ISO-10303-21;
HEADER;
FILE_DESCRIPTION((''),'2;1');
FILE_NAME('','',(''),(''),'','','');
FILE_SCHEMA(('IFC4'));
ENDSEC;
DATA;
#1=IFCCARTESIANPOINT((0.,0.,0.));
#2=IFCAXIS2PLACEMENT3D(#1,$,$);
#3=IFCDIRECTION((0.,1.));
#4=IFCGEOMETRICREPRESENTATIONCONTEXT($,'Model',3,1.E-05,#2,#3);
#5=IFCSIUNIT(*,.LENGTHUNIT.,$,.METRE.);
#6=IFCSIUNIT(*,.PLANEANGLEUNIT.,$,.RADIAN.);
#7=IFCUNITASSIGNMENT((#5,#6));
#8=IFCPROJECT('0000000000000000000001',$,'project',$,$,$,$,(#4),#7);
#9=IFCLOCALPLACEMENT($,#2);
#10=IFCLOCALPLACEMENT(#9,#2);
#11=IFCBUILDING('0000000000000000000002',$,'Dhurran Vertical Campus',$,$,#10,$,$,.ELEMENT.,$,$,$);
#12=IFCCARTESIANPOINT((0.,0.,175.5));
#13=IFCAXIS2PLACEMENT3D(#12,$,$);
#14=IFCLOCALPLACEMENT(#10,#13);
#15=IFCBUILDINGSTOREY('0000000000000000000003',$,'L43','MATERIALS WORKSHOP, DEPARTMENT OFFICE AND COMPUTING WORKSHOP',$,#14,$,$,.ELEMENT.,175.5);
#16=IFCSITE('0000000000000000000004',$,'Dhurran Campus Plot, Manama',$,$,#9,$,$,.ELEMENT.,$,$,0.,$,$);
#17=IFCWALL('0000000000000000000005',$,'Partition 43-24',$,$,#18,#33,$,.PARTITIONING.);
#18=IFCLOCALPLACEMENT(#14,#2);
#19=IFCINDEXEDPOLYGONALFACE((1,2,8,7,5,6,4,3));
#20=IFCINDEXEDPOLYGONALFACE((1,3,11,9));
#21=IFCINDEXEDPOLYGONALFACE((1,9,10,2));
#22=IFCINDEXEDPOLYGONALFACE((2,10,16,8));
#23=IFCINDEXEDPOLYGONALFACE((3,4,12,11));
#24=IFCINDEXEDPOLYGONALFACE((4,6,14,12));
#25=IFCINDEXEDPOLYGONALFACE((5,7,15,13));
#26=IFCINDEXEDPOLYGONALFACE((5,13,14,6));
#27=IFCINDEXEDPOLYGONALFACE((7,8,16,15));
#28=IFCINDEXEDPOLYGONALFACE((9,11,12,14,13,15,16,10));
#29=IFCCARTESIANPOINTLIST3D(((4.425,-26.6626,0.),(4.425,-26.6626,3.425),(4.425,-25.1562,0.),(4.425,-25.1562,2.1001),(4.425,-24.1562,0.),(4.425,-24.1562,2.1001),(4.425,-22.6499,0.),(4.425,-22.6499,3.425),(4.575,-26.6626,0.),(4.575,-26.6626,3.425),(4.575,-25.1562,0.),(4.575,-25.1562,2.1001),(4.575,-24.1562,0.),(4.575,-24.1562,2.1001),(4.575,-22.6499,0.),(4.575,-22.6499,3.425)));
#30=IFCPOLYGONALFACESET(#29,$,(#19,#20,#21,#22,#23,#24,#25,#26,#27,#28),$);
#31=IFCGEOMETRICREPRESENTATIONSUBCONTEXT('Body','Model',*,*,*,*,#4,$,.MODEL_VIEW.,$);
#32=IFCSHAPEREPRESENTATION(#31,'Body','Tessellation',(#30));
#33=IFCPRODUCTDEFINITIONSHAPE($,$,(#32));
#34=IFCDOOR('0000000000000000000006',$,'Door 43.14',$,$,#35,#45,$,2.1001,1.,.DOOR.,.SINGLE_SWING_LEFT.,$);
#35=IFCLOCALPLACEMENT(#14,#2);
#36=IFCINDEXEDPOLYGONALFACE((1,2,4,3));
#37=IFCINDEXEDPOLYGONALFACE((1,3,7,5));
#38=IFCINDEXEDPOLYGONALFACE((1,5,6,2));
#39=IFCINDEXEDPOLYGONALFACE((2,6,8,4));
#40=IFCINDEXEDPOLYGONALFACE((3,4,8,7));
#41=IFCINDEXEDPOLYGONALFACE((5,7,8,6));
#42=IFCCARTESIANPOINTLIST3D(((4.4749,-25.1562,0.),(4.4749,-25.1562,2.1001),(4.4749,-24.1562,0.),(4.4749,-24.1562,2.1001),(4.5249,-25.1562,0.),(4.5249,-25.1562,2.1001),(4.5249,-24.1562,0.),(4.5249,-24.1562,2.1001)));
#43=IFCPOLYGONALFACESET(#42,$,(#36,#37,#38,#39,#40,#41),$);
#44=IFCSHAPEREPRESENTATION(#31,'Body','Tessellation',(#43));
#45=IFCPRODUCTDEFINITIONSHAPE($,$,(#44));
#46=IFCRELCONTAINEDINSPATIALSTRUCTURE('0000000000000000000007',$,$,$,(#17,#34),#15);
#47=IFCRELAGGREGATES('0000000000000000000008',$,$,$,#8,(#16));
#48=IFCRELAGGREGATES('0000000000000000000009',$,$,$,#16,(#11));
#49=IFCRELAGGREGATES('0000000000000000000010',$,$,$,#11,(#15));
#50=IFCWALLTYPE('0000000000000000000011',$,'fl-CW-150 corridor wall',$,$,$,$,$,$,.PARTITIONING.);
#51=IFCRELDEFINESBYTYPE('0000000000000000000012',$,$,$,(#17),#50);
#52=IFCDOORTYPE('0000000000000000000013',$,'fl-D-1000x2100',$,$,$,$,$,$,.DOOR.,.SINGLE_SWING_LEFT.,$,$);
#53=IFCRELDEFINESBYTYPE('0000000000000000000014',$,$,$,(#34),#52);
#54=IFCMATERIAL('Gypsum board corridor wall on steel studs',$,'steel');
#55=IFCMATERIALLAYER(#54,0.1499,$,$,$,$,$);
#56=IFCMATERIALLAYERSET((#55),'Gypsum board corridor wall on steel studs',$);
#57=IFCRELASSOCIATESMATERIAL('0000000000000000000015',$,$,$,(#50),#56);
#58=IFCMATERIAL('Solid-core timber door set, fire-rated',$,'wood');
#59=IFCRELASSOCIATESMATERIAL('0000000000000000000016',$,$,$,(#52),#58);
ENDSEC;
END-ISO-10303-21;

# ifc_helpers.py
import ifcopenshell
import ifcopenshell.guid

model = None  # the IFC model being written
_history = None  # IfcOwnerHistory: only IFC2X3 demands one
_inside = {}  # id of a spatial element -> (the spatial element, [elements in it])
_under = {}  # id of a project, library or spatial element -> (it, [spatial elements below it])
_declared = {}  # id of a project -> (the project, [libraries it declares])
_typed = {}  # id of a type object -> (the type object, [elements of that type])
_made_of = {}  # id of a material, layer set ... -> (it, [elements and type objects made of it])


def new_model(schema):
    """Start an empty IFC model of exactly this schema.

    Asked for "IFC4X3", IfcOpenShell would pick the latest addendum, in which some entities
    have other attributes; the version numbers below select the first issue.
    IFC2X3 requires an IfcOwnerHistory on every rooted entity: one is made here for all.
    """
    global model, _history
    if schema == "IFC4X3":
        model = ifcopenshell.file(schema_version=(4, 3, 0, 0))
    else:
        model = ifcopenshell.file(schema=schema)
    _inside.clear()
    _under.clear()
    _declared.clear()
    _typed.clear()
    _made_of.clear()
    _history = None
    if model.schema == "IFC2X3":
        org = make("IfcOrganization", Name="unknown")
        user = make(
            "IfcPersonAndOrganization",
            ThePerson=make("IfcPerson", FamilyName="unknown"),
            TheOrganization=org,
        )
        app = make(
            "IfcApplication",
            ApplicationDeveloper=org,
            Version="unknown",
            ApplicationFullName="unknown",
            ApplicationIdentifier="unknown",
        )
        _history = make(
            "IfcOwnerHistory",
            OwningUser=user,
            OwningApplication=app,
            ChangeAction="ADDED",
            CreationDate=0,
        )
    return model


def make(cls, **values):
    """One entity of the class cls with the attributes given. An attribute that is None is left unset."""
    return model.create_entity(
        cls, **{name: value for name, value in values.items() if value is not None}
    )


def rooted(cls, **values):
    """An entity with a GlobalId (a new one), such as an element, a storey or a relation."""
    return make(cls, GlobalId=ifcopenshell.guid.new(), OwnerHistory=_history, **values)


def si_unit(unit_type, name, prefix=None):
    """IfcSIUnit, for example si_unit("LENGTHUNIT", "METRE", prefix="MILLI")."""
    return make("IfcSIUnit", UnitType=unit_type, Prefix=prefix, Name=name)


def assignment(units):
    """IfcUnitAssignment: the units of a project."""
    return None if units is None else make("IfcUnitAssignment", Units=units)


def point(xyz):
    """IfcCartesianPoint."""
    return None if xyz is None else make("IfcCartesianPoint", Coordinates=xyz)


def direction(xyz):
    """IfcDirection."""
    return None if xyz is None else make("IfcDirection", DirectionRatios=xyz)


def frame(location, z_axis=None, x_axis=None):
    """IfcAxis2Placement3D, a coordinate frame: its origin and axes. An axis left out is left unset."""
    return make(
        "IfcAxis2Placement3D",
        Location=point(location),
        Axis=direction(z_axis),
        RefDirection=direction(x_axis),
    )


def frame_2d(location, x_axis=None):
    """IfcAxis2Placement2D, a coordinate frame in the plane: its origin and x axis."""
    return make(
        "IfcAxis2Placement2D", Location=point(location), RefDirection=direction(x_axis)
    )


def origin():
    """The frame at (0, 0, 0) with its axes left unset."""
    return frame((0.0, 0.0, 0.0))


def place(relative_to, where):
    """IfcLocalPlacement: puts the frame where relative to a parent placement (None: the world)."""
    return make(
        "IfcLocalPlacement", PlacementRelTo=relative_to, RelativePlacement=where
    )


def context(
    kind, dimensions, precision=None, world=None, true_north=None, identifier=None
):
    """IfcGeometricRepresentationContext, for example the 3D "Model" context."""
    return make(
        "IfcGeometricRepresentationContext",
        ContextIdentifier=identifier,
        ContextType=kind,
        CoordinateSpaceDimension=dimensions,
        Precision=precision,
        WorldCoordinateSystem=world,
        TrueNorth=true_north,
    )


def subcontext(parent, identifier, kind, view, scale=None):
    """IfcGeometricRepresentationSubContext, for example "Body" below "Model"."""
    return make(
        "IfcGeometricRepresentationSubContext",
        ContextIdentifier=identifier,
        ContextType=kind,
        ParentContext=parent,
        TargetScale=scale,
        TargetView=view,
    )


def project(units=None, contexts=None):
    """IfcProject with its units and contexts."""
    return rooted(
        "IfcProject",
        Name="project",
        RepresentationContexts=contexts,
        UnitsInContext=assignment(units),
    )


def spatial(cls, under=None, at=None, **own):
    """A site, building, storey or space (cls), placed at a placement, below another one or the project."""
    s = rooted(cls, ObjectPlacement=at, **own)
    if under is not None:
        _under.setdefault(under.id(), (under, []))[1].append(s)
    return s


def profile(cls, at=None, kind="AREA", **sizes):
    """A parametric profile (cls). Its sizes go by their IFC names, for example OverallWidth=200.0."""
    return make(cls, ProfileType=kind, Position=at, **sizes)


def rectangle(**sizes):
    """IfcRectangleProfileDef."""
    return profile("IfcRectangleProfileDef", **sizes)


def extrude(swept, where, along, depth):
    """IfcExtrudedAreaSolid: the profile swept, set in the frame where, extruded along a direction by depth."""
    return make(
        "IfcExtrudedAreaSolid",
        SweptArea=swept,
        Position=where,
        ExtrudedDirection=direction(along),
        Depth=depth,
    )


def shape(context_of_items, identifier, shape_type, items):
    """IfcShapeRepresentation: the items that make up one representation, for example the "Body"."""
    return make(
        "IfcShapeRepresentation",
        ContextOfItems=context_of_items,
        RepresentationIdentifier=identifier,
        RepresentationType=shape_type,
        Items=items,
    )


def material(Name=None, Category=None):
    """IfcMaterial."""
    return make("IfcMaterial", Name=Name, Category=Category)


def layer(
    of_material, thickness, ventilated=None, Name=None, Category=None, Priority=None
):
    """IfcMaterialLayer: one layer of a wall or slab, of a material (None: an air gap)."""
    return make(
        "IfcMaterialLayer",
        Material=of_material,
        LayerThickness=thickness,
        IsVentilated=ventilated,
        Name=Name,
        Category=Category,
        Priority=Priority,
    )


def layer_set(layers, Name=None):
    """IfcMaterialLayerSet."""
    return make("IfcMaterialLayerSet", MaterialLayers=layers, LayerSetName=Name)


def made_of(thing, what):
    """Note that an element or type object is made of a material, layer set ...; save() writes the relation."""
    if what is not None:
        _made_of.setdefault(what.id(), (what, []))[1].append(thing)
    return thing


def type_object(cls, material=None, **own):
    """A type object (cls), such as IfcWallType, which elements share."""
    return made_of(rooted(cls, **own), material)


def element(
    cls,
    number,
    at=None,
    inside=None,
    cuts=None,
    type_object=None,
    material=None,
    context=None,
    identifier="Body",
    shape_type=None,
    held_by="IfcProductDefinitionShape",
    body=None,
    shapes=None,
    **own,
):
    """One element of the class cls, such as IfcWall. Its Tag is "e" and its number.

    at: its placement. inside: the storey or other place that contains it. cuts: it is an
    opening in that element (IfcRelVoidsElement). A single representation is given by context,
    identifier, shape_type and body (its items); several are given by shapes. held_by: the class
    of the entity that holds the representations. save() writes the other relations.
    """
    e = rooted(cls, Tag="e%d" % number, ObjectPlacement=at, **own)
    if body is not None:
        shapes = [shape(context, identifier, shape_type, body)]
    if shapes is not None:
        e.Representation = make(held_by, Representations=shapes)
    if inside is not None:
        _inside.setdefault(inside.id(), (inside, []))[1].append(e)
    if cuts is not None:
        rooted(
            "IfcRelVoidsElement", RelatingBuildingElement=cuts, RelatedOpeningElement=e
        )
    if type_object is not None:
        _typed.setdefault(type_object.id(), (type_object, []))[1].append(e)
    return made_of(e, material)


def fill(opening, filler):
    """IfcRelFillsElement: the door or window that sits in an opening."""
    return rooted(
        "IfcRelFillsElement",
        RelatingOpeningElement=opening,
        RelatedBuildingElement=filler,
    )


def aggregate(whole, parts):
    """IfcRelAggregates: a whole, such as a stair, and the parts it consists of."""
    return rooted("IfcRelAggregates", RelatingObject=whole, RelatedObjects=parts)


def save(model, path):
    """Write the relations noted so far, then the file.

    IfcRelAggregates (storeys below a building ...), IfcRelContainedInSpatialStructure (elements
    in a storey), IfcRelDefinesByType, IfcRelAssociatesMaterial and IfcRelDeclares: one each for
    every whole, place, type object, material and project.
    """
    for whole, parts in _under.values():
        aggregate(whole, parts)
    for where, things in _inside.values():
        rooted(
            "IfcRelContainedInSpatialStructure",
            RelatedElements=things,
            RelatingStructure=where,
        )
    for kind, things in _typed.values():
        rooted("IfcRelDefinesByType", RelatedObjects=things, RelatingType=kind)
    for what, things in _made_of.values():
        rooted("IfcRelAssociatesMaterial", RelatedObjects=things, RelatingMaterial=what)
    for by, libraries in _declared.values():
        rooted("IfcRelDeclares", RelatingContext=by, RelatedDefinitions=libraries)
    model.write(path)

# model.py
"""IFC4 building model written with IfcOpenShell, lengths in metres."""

from ifc_helpers import new_model, si_unit, direction, frame, frame_2d, origin, place, context, subcontext, project, spatial, rectangle, extrude, material, layer, layer_set, type_object, element, fill, save


model = new_model("IFC4")

# Units and contexts
model_context = context("Model", 3, precision=1e-05, world=origin(), true_north=direction((0.0, 1.0)))
body_context = subcontext(model_context, "Body", "Model", "MODEL_VIEW")
ifc_project = project(units=[si_unit("LENGTHUNIT", "METRE"), si_unit("PLANEANGLEUNIT", "RADIAN")], contexts=[model_context])

# Site, building, storey
site_placement = place(None, origin())
site = spatial("IfcSite", under=ifc_project, at=site_placement, Name="Dhurran Campus Plot, Manama", CompositionType="ELEMENT", RefElevation=0.0)
building_placement = place(site_placement, origin())
building = spatial("IfcBuilding", under=site, at=building_placement, Name="Dhurran Vertical Campus", CompositionType="ELEMENT")
storey_placement = place(building_placement, frame((0.0, 0.0, 175.5)))
storey = spatial("IfcBuildingStorey", under=building, at=storey_placement, Name="L43", Description="MATERIALS WORKSHOP, DEPARTMENT OFFICE AND COMPUTING WORKSHOP", CompositionType="ELEMENT", Elevation=175.5)

# Shared definitions
ifc_material_1 = material(Name="Gypsum board corridor wall on steel studs", Category="steel")
ifc_layer_1 = layer(ifc_material_1, 0.1499)
ifc_layer_set_1 = layer_set([ifc_layer_1], Name="Gypsum board corridor wall on steel studs")
wall_type_1 = type_object("IfcWallType", Name="fl-CW-150 corridor wall", PredefinedType="PARTITIONING", material=ifc_layer_set_1)
ifc_material_2 = material(Name="Solid-core timber door set, fire-rated", Category="wood")
door_type = type_object("IfcDoorType", Name="fl-D-1000x2100", OperationType="SINGLE_SWING_LEFT", PredefinedType="DOOR", material=ifc_material_2)

# Wall, opening, door
wall_1_placement = place(storey_placement, frame((4.5, -22.6499, 0.0), z_axis=(0.0, 0.0, 1.0), x_axis=(0.0, -1.0, 0.0)))
wall_1 = element("IfcWall", 1, at=wall_1_placement, inside=storey, type_object=wall_type_1, Name="Partition 43-24", PredefinedType="PARTITIONING", context=body_context, shape_type="SweptSolid", body=[
    extrude(rectangle(XDim=4.0127, YDim=0.1499, at=frame_2d((2.0063, 0.0))), origin(), (0.0, 0.0, 1.0), 3.425),
])
opening_1_placement = place(wall_1_placement, frame((1.5063, 0.0, 0.0)))
opening_1 = element("IfcOpeningElement", 2, at=opening_1_placement, cuts=wall_1, PredefinedType="OPENING", context=body_context, shape_type="SweptSolid", body=[
    extrude(rectangle(XDim=1.0, YDim=2.1001, at=frame_2d((0.5, 1.05))), frame((0.0, 0.085, 0.0), z_axis=(0.0, -1.0, 0.0), x_axis=(1.0, 0.0, 0.0)), (0.0, 0.0, 1.0), 0.1699),
])
door_1_placement = place(opening_1_placement, origin())
door_1 = element("IfcDoor", 3, at=door_1_placement, inside=storey, type_object=door_type, Name="Door 43.14", OperationType="SINGLE_SWING_LEFT", OverallHeight=2.1001, OverallWidth=1.0, PredefinedType="DOOR", context=body_context, shape_type="SweptSolid", body=[
    extrude(rectangle(XDim=1.0, YDim=2.1001, at=frame_2d((0.5, 1.05))), frame((0.0, 0.0249, 0.0), z_axis=(0.0, -1.0, 0.0), x_axis=(1.0, 0.0, 0.0)), (0.0, 0.0, 1.0), 0.05),
])
fill(opening_1, door_1)

save(model, "model.ifc")
